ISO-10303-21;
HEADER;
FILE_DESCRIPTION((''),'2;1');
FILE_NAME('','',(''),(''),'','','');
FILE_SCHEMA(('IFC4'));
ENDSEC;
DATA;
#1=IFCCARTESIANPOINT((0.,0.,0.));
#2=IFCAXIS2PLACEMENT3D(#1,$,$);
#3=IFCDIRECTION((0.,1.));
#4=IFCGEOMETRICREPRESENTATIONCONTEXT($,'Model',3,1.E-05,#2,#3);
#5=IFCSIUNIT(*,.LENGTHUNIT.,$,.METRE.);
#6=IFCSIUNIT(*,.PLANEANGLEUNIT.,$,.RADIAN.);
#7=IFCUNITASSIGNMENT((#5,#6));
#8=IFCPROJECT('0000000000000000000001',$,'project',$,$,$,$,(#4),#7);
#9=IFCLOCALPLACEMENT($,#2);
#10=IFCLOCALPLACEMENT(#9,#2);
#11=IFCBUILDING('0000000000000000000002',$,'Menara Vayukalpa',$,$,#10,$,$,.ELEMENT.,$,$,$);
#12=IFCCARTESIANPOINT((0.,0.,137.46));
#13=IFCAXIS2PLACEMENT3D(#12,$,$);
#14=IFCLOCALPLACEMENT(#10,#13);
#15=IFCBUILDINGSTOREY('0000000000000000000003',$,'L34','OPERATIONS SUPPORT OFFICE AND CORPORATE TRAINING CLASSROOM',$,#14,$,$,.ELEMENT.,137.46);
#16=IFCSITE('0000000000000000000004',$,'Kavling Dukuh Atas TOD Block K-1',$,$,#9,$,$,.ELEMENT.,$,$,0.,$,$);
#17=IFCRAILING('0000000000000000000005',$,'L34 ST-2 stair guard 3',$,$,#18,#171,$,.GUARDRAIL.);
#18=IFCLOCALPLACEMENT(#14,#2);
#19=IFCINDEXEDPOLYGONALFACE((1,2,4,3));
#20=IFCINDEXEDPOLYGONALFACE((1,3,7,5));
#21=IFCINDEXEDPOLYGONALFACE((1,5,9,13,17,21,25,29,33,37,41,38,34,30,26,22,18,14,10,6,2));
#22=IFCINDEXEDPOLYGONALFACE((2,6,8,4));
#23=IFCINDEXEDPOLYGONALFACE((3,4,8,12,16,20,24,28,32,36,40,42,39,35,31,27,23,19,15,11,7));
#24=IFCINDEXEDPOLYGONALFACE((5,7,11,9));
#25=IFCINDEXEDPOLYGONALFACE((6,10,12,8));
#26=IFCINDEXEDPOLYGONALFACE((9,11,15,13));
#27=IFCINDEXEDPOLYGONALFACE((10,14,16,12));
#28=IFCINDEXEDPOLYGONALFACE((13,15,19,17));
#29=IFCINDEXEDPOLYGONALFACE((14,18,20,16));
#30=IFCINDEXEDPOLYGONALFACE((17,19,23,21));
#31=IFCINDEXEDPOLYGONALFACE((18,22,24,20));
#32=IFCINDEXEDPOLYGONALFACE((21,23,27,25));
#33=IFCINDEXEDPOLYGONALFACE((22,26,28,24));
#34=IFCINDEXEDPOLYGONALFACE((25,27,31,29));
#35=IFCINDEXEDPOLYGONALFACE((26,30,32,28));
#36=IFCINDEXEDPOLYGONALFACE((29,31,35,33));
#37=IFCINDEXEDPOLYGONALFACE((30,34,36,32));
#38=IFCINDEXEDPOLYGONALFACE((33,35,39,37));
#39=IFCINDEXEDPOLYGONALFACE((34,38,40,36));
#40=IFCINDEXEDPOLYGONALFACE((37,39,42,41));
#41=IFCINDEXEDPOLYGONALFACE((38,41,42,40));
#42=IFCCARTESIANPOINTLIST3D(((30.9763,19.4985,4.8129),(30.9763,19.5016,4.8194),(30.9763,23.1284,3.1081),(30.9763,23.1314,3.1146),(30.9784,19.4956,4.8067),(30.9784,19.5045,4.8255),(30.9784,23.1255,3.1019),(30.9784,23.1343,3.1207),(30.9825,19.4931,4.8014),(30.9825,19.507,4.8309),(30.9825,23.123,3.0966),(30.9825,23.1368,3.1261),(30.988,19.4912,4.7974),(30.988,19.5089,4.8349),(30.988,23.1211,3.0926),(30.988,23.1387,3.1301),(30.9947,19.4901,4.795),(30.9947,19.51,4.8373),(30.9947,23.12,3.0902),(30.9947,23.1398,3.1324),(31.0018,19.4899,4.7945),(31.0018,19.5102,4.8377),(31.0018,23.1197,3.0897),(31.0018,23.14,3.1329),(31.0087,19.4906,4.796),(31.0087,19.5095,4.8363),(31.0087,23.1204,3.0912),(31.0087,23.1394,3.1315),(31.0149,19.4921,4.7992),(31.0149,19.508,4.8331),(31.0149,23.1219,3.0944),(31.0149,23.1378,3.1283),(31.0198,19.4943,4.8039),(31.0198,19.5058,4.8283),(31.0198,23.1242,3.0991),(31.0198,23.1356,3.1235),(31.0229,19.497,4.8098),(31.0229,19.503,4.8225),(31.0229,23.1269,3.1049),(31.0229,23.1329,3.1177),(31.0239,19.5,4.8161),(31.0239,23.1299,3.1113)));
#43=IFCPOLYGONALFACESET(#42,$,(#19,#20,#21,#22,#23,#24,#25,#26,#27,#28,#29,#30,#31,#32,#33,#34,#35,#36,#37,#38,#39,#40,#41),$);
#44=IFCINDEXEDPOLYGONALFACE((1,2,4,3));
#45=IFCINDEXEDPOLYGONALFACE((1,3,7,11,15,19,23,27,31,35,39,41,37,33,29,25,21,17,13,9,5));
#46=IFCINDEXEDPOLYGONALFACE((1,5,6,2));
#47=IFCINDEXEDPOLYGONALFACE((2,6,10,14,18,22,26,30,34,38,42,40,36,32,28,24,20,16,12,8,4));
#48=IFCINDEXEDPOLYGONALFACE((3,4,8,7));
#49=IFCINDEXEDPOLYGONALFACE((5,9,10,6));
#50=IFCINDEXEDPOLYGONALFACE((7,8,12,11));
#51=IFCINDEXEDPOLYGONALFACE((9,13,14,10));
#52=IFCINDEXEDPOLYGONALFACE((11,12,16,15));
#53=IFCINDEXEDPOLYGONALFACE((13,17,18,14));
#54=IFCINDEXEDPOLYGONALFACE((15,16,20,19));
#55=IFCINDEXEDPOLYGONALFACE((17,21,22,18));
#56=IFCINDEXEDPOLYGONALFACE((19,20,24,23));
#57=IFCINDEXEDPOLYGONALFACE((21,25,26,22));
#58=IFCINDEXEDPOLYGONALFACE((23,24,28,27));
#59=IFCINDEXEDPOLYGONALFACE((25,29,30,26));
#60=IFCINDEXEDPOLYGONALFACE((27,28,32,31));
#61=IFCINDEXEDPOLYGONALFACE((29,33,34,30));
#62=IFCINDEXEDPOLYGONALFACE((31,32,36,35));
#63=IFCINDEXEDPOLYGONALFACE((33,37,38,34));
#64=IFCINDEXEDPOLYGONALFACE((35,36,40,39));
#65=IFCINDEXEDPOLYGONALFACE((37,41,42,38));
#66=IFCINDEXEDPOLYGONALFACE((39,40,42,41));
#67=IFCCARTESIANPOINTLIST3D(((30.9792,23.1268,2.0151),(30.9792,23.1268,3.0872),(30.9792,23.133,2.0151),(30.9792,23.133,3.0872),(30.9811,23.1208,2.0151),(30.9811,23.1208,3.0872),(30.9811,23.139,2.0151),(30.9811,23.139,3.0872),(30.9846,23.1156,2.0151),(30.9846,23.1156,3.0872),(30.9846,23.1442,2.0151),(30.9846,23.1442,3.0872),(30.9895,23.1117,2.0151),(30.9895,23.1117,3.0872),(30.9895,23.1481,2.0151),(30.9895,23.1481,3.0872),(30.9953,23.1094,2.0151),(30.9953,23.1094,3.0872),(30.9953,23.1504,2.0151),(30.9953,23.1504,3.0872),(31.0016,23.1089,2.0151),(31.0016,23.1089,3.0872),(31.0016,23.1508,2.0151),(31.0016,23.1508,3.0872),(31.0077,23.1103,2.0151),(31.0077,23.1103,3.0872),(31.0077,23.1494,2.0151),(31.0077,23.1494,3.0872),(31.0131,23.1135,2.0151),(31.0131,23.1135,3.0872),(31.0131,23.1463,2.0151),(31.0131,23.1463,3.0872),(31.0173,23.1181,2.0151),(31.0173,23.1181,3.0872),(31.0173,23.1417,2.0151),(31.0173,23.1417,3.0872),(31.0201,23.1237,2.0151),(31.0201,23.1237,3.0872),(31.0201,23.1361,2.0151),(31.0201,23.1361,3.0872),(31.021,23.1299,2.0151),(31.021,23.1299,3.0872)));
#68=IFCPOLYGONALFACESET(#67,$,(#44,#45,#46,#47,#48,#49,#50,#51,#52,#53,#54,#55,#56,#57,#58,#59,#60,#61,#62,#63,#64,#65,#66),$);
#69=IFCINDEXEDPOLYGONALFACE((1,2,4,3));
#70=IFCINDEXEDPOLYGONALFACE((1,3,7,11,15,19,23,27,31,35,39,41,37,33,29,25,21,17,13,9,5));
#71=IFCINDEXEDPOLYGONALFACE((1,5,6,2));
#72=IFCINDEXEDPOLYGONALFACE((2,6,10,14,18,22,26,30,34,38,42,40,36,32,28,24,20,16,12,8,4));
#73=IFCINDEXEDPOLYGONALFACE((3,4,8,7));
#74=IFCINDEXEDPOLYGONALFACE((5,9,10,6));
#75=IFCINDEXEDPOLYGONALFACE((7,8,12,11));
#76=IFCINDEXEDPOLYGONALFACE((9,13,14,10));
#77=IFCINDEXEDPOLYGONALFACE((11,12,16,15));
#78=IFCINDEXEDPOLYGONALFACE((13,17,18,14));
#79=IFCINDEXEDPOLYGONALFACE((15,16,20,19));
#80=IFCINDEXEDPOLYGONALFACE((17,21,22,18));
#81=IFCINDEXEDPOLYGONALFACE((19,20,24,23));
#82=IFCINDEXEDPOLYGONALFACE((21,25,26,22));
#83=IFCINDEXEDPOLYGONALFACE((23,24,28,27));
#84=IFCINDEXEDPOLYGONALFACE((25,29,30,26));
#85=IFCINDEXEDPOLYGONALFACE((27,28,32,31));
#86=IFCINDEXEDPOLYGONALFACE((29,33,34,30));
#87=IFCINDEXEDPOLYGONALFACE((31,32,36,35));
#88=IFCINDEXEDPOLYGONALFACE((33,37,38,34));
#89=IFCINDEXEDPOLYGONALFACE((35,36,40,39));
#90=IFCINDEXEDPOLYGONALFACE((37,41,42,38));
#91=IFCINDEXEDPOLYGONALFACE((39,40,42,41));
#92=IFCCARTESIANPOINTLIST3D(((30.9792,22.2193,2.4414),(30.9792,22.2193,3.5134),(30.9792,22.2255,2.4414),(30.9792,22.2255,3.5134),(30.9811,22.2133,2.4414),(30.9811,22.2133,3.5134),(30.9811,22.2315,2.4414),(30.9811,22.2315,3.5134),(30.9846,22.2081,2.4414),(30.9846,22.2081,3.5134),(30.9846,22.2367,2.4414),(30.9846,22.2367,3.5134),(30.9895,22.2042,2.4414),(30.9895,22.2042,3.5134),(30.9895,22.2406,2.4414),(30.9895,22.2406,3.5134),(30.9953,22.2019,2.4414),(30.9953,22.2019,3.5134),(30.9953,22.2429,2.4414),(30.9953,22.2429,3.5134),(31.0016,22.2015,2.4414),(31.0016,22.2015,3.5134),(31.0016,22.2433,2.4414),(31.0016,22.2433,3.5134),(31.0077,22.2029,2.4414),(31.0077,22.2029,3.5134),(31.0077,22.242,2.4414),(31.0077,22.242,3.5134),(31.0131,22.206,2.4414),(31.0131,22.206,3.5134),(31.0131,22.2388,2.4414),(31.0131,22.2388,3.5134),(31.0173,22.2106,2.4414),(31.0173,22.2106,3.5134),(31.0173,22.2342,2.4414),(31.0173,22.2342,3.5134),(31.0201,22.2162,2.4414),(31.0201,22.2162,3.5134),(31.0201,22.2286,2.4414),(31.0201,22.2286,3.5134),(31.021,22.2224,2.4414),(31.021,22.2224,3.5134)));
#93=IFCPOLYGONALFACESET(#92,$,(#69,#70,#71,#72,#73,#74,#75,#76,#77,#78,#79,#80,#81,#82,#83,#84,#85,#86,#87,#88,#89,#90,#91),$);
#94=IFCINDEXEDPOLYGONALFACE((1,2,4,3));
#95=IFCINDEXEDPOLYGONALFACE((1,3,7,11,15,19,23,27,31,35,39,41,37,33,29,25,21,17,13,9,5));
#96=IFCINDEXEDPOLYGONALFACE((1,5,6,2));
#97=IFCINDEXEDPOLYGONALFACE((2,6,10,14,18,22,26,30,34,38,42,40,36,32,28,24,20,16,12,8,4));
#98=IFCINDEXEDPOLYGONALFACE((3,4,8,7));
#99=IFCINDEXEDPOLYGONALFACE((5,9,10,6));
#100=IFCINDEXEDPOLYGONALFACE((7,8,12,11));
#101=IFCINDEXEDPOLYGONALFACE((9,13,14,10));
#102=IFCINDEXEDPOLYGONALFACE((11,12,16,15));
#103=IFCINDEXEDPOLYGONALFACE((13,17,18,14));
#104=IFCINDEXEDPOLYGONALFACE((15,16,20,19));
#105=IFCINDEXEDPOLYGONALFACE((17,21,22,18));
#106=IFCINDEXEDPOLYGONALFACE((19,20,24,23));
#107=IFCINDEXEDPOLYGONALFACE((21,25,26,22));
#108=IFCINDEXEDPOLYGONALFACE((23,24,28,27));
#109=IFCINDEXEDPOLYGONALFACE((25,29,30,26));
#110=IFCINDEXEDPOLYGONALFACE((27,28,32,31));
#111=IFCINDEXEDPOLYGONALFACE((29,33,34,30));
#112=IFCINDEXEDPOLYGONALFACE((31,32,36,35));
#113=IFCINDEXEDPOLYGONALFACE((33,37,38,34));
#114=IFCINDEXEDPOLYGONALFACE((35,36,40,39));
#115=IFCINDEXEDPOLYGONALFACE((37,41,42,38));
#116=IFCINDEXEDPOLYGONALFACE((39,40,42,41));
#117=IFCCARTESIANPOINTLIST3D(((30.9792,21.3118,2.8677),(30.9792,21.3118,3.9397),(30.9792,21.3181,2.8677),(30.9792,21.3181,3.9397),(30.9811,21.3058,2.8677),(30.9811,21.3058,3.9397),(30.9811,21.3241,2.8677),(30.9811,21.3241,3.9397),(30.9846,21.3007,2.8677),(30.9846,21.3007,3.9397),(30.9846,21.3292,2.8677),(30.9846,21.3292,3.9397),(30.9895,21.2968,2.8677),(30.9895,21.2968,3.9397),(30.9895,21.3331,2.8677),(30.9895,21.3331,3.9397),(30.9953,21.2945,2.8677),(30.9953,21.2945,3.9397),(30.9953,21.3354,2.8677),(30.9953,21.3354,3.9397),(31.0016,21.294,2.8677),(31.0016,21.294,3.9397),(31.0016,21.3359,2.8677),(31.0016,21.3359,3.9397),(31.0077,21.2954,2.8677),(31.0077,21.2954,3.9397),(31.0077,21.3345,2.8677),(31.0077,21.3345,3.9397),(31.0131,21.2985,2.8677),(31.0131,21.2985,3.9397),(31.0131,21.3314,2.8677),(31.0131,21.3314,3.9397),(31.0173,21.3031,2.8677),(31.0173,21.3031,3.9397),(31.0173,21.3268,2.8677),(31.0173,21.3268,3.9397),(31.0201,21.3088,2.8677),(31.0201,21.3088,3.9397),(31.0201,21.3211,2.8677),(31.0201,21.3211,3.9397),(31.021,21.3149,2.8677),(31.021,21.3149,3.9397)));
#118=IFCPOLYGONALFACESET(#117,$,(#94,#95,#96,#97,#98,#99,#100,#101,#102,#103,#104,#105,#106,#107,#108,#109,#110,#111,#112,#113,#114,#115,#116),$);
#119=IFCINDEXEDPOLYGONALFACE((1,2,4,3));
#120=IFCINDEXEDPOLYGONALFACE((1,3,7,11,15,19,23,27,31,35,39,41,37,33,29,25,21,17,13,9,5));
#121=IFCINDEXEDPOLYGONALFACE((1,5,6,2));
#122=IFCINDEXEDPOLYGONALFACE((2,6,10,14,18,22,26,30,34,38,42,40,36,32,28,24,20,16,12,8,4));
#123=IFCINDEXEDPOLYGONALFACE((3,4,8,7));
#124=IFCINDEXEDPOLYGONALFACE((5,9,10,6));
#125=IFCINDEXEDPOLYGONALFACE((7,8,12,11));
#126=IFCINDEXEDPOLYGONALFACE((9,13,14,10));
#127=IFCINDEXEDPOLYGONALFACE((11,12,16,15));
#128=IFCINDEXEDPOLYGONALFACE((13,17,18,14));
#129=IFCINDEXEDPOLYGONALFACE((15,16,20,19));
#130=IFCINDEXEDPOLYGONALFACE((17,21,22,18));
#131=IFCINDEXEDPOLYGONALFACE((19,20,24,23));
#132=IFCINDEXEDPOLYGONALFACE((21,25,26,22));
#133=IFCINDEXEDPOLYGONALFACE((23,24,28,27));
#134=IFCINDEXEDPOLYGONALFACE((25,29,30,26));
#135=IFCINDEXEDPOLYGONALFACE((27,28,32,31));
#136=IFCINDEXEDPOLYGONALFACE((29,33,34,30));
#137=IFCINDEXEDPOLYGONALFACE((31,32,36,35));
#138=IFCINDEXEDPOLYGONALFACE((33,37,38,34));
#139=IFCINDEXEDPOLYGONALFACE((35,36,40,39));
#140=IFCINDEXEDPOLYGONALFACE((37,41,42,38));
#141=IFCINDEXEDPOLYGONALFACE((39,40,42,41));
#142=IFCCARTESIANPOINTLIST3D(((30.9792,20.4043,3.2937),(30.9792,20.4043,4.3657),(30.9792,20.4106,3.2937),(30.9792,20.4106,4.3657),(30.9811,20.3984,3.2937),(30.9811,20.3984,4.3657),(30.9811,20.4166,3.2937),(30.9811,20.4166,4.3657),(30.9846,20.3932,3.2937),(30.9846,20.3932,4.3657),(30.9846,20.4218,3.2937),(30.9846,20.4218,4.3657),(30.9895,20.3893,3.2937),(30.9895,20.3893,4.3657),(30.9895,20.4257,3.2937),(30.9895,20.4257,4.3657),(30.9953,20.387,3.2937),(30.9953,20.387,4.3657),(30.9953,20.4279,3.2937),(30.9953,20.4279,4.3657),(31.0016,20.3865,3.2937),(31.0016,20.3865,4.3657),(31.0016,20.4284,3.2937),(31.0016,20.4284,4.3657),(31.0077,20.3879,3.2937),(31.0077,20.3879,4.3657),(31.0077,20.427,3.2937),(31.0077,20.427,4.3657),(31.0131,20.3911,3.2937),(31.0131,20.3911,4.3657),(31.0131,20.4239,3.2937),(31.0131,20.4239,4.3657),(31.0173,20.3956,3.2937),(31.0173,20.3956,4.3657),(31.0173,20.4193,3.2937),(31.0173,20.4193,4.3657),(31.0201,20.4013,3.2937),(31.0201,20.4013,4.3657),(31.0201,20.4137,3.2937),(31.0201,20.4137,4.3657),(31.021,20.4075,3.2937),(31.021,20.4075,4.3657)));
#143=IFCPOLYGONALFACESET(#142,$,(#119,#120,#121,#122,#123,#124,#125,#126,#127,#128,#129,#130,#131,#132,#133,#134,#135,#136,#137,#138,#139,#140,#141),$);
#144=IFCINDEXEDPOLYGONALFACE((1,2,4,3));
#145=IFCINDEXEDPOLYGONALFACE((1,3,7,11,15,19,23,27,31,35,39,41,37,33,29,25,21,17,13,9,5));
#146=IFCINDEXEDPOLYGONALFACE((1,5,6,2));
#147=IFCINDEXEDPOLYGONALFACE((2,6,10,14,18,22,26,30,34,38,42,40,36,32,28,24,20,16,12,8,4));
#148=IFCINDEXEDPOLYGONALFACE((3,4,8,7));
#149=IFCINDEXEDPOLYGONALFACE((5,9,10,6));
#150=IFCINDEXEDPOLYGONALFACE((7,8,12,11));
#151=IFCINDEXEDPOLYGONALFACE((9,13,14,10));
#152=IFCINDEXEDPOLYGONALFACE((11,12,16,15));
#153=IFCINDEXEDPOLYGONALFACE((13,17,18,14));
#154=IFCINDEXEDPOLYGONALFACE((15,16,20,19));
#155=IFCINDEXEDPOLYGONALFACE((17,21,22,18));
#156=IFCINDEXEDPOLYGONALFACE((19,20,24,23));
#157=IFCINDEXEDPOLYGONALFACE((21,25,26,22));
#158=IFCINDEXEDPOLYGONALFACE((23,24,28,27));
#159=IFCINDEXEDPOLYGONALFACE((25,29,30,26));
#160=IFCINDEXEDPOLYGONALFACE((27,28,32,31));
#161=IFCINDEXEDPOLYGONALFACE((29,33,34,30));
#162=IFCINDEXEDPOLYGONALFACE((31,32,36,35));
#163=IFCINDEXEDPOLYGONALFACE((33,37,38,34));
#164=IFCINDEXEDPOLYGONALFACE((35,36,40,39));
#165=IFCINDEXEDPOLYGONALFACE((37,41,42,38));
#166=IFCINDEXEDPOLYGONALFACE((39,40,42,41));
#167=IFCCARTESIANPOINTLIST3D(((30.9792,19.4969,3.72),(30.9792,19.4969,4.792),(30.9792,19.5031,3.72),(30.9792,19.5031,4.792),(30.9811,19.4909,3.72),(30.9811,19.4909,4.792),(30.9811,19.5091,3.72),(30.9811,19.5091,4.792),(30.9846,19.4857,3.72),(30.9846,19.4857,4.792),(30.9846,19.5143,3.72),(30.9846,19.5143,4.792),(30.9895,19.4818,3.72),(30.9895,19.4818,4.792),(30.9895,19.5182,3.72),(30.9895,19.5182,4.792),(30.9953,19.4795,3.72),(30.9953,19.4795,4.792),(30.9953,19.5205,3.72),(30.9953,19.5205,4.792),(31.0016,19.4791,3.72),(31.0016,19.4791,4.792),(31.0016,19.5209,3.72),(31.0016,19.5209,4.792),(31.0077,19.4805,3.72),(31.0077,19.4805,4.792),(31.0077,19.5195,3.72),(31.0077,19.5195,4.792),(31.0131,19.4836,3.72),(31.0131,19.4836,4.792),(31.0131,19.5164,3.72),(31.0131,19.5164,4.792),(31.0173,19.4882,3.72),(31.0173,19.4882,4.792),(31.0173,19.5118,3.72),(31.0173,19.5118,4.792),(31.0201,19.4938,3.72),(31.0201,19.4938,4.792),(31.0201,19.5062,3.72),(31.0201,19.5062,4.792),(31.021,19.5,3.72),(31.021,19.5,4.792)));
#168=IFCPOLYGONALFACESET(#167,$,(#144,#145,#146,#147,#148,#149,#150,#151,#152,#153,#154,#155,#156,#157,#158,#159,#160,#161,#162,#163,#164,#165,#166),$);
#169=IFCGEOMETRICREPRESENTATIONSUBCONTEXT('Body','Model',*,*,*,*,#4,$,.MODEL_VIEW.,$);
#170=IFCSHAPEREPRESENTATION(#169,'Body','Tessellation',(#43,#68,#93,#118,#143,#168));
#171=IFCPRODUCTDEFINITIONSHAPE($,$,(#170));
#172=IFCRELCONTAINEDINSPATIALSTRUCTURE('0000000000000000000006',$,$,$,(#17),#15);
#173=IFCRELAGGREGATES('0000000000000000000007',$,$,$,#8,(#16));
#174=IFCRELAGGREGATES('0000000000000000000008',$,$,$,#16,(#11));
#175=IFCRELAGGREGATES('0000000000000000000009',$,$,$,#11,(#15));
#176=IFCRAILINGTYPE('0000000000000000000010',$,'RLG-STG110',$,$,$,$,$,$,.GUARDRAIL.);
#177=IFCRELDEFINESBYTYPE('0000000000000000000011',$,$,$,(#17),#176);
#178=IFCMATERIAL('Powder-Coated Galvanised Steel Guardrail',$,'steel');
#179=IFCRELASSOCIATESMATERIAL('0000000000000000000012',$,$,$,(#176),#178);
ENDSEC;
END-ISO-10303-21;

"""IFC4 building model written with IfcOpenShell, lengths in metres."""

from ifc_helpers import new_model, si_unit, direction, frame, origin, origin_2d, place, context, subcontext, project, spatial, circle, extrude, material, type_object, element, save


model = new_model("IFC4")

# Units and contexts
model_context = context("Model", 3, precision=1e-05, world=origin(), true_north=direction((0.0, 1.0)))
body_context = subcontext(model_context, "Body", "Model", "MODEL_VIEW")
ifc_project = project(units=[si_unit("LENGTHUNIT", "METRE"), si_unit("PLANEANGLEUNIT", "RADIAN")], contexts=[model_context])

# Site, building, storey
site_placement = place(None, origin())
site = spatial("IfcSite", under=ifc_project, at=site_placement, Name="Kavling Dukuh Atas TOD Block K-1", CompositionType="ELEMENT", RefElevation=0.0)
building_placement = place(site_placement, origin())
building = spatial("IfcBuilding", under=site, at=building_placement, Name="Menara Vayukalpa", CompositionType="ELEMENT")
storey_placement = place(building_placement, frame((0.0, 0.0, 137.46)))
storey = spatial("IfcBuildingStorey", under=building, at=storey_placement, Name="L34", Description="OPERATIONS SUPPORT OFFICE AND CORPORATE TRAINING CLASSROOM", CompositionType="ELEMENT", Elevation=137.46)

# Railing
ifc_material_1 = material(Name="Powder-Coated Galvanised Steel Guardrail", Category="steel")
railing_type_1 = type_object("IfcRailingType", Name="RLG-STG110", PredefinedType="GUARDRAIL", material=ifc_material_1)
railing_1_placement = place(storey_placement, frame((31.0, 23.1299, 2.0151)))
element("IfcRailing", 1, at=railing_1_placement, inside=storey, type_object=railing_type_1, Name="L34 ST-2 stair guard 3", PredefinedType="GUARDRAIL", context=body_context, shape_type="SweptSolid", body=[
    extrude(circle(Radius=0.0239, at=origin_2d()), frame((0.0, 0.0, 1.0962), z_axis=(0.0, -0.90514, 0.425114), x_axis=(1.0, 0.0, 0.0)), (0.0, 0.0, 1.0), 4.0103),
    extrude(circle(Radius=0.021, at=origin_2d()), origin(), (0.0, 0.0, 1.0), 1.072),
    extrude(circle(Radius=0.021, at=origin_2d()), frame((0.0, -0.9075, 0.4263)), (0.0, 0.0, 1.0), 1.072),
    extrude(circle(Radius=0.021, at=origin_2d()), frame((0.0, -1.8149, 0.8525)), (0.0, 0.0, 1.0), 1.072),
    extrude(circle(Radius=0.021, at=origin_2d()), frame((0.0, -2.7224, 1.2786)), (0.0, 0.0, 1.0), 1.072),
    extrude(circle(Radius=0.021, at=origin_2d()), frame((0.0, -3.6299, 1.7048)), (0.0, 0.0, 1.0), 1.072),
])

save(model, "model.ifc")
